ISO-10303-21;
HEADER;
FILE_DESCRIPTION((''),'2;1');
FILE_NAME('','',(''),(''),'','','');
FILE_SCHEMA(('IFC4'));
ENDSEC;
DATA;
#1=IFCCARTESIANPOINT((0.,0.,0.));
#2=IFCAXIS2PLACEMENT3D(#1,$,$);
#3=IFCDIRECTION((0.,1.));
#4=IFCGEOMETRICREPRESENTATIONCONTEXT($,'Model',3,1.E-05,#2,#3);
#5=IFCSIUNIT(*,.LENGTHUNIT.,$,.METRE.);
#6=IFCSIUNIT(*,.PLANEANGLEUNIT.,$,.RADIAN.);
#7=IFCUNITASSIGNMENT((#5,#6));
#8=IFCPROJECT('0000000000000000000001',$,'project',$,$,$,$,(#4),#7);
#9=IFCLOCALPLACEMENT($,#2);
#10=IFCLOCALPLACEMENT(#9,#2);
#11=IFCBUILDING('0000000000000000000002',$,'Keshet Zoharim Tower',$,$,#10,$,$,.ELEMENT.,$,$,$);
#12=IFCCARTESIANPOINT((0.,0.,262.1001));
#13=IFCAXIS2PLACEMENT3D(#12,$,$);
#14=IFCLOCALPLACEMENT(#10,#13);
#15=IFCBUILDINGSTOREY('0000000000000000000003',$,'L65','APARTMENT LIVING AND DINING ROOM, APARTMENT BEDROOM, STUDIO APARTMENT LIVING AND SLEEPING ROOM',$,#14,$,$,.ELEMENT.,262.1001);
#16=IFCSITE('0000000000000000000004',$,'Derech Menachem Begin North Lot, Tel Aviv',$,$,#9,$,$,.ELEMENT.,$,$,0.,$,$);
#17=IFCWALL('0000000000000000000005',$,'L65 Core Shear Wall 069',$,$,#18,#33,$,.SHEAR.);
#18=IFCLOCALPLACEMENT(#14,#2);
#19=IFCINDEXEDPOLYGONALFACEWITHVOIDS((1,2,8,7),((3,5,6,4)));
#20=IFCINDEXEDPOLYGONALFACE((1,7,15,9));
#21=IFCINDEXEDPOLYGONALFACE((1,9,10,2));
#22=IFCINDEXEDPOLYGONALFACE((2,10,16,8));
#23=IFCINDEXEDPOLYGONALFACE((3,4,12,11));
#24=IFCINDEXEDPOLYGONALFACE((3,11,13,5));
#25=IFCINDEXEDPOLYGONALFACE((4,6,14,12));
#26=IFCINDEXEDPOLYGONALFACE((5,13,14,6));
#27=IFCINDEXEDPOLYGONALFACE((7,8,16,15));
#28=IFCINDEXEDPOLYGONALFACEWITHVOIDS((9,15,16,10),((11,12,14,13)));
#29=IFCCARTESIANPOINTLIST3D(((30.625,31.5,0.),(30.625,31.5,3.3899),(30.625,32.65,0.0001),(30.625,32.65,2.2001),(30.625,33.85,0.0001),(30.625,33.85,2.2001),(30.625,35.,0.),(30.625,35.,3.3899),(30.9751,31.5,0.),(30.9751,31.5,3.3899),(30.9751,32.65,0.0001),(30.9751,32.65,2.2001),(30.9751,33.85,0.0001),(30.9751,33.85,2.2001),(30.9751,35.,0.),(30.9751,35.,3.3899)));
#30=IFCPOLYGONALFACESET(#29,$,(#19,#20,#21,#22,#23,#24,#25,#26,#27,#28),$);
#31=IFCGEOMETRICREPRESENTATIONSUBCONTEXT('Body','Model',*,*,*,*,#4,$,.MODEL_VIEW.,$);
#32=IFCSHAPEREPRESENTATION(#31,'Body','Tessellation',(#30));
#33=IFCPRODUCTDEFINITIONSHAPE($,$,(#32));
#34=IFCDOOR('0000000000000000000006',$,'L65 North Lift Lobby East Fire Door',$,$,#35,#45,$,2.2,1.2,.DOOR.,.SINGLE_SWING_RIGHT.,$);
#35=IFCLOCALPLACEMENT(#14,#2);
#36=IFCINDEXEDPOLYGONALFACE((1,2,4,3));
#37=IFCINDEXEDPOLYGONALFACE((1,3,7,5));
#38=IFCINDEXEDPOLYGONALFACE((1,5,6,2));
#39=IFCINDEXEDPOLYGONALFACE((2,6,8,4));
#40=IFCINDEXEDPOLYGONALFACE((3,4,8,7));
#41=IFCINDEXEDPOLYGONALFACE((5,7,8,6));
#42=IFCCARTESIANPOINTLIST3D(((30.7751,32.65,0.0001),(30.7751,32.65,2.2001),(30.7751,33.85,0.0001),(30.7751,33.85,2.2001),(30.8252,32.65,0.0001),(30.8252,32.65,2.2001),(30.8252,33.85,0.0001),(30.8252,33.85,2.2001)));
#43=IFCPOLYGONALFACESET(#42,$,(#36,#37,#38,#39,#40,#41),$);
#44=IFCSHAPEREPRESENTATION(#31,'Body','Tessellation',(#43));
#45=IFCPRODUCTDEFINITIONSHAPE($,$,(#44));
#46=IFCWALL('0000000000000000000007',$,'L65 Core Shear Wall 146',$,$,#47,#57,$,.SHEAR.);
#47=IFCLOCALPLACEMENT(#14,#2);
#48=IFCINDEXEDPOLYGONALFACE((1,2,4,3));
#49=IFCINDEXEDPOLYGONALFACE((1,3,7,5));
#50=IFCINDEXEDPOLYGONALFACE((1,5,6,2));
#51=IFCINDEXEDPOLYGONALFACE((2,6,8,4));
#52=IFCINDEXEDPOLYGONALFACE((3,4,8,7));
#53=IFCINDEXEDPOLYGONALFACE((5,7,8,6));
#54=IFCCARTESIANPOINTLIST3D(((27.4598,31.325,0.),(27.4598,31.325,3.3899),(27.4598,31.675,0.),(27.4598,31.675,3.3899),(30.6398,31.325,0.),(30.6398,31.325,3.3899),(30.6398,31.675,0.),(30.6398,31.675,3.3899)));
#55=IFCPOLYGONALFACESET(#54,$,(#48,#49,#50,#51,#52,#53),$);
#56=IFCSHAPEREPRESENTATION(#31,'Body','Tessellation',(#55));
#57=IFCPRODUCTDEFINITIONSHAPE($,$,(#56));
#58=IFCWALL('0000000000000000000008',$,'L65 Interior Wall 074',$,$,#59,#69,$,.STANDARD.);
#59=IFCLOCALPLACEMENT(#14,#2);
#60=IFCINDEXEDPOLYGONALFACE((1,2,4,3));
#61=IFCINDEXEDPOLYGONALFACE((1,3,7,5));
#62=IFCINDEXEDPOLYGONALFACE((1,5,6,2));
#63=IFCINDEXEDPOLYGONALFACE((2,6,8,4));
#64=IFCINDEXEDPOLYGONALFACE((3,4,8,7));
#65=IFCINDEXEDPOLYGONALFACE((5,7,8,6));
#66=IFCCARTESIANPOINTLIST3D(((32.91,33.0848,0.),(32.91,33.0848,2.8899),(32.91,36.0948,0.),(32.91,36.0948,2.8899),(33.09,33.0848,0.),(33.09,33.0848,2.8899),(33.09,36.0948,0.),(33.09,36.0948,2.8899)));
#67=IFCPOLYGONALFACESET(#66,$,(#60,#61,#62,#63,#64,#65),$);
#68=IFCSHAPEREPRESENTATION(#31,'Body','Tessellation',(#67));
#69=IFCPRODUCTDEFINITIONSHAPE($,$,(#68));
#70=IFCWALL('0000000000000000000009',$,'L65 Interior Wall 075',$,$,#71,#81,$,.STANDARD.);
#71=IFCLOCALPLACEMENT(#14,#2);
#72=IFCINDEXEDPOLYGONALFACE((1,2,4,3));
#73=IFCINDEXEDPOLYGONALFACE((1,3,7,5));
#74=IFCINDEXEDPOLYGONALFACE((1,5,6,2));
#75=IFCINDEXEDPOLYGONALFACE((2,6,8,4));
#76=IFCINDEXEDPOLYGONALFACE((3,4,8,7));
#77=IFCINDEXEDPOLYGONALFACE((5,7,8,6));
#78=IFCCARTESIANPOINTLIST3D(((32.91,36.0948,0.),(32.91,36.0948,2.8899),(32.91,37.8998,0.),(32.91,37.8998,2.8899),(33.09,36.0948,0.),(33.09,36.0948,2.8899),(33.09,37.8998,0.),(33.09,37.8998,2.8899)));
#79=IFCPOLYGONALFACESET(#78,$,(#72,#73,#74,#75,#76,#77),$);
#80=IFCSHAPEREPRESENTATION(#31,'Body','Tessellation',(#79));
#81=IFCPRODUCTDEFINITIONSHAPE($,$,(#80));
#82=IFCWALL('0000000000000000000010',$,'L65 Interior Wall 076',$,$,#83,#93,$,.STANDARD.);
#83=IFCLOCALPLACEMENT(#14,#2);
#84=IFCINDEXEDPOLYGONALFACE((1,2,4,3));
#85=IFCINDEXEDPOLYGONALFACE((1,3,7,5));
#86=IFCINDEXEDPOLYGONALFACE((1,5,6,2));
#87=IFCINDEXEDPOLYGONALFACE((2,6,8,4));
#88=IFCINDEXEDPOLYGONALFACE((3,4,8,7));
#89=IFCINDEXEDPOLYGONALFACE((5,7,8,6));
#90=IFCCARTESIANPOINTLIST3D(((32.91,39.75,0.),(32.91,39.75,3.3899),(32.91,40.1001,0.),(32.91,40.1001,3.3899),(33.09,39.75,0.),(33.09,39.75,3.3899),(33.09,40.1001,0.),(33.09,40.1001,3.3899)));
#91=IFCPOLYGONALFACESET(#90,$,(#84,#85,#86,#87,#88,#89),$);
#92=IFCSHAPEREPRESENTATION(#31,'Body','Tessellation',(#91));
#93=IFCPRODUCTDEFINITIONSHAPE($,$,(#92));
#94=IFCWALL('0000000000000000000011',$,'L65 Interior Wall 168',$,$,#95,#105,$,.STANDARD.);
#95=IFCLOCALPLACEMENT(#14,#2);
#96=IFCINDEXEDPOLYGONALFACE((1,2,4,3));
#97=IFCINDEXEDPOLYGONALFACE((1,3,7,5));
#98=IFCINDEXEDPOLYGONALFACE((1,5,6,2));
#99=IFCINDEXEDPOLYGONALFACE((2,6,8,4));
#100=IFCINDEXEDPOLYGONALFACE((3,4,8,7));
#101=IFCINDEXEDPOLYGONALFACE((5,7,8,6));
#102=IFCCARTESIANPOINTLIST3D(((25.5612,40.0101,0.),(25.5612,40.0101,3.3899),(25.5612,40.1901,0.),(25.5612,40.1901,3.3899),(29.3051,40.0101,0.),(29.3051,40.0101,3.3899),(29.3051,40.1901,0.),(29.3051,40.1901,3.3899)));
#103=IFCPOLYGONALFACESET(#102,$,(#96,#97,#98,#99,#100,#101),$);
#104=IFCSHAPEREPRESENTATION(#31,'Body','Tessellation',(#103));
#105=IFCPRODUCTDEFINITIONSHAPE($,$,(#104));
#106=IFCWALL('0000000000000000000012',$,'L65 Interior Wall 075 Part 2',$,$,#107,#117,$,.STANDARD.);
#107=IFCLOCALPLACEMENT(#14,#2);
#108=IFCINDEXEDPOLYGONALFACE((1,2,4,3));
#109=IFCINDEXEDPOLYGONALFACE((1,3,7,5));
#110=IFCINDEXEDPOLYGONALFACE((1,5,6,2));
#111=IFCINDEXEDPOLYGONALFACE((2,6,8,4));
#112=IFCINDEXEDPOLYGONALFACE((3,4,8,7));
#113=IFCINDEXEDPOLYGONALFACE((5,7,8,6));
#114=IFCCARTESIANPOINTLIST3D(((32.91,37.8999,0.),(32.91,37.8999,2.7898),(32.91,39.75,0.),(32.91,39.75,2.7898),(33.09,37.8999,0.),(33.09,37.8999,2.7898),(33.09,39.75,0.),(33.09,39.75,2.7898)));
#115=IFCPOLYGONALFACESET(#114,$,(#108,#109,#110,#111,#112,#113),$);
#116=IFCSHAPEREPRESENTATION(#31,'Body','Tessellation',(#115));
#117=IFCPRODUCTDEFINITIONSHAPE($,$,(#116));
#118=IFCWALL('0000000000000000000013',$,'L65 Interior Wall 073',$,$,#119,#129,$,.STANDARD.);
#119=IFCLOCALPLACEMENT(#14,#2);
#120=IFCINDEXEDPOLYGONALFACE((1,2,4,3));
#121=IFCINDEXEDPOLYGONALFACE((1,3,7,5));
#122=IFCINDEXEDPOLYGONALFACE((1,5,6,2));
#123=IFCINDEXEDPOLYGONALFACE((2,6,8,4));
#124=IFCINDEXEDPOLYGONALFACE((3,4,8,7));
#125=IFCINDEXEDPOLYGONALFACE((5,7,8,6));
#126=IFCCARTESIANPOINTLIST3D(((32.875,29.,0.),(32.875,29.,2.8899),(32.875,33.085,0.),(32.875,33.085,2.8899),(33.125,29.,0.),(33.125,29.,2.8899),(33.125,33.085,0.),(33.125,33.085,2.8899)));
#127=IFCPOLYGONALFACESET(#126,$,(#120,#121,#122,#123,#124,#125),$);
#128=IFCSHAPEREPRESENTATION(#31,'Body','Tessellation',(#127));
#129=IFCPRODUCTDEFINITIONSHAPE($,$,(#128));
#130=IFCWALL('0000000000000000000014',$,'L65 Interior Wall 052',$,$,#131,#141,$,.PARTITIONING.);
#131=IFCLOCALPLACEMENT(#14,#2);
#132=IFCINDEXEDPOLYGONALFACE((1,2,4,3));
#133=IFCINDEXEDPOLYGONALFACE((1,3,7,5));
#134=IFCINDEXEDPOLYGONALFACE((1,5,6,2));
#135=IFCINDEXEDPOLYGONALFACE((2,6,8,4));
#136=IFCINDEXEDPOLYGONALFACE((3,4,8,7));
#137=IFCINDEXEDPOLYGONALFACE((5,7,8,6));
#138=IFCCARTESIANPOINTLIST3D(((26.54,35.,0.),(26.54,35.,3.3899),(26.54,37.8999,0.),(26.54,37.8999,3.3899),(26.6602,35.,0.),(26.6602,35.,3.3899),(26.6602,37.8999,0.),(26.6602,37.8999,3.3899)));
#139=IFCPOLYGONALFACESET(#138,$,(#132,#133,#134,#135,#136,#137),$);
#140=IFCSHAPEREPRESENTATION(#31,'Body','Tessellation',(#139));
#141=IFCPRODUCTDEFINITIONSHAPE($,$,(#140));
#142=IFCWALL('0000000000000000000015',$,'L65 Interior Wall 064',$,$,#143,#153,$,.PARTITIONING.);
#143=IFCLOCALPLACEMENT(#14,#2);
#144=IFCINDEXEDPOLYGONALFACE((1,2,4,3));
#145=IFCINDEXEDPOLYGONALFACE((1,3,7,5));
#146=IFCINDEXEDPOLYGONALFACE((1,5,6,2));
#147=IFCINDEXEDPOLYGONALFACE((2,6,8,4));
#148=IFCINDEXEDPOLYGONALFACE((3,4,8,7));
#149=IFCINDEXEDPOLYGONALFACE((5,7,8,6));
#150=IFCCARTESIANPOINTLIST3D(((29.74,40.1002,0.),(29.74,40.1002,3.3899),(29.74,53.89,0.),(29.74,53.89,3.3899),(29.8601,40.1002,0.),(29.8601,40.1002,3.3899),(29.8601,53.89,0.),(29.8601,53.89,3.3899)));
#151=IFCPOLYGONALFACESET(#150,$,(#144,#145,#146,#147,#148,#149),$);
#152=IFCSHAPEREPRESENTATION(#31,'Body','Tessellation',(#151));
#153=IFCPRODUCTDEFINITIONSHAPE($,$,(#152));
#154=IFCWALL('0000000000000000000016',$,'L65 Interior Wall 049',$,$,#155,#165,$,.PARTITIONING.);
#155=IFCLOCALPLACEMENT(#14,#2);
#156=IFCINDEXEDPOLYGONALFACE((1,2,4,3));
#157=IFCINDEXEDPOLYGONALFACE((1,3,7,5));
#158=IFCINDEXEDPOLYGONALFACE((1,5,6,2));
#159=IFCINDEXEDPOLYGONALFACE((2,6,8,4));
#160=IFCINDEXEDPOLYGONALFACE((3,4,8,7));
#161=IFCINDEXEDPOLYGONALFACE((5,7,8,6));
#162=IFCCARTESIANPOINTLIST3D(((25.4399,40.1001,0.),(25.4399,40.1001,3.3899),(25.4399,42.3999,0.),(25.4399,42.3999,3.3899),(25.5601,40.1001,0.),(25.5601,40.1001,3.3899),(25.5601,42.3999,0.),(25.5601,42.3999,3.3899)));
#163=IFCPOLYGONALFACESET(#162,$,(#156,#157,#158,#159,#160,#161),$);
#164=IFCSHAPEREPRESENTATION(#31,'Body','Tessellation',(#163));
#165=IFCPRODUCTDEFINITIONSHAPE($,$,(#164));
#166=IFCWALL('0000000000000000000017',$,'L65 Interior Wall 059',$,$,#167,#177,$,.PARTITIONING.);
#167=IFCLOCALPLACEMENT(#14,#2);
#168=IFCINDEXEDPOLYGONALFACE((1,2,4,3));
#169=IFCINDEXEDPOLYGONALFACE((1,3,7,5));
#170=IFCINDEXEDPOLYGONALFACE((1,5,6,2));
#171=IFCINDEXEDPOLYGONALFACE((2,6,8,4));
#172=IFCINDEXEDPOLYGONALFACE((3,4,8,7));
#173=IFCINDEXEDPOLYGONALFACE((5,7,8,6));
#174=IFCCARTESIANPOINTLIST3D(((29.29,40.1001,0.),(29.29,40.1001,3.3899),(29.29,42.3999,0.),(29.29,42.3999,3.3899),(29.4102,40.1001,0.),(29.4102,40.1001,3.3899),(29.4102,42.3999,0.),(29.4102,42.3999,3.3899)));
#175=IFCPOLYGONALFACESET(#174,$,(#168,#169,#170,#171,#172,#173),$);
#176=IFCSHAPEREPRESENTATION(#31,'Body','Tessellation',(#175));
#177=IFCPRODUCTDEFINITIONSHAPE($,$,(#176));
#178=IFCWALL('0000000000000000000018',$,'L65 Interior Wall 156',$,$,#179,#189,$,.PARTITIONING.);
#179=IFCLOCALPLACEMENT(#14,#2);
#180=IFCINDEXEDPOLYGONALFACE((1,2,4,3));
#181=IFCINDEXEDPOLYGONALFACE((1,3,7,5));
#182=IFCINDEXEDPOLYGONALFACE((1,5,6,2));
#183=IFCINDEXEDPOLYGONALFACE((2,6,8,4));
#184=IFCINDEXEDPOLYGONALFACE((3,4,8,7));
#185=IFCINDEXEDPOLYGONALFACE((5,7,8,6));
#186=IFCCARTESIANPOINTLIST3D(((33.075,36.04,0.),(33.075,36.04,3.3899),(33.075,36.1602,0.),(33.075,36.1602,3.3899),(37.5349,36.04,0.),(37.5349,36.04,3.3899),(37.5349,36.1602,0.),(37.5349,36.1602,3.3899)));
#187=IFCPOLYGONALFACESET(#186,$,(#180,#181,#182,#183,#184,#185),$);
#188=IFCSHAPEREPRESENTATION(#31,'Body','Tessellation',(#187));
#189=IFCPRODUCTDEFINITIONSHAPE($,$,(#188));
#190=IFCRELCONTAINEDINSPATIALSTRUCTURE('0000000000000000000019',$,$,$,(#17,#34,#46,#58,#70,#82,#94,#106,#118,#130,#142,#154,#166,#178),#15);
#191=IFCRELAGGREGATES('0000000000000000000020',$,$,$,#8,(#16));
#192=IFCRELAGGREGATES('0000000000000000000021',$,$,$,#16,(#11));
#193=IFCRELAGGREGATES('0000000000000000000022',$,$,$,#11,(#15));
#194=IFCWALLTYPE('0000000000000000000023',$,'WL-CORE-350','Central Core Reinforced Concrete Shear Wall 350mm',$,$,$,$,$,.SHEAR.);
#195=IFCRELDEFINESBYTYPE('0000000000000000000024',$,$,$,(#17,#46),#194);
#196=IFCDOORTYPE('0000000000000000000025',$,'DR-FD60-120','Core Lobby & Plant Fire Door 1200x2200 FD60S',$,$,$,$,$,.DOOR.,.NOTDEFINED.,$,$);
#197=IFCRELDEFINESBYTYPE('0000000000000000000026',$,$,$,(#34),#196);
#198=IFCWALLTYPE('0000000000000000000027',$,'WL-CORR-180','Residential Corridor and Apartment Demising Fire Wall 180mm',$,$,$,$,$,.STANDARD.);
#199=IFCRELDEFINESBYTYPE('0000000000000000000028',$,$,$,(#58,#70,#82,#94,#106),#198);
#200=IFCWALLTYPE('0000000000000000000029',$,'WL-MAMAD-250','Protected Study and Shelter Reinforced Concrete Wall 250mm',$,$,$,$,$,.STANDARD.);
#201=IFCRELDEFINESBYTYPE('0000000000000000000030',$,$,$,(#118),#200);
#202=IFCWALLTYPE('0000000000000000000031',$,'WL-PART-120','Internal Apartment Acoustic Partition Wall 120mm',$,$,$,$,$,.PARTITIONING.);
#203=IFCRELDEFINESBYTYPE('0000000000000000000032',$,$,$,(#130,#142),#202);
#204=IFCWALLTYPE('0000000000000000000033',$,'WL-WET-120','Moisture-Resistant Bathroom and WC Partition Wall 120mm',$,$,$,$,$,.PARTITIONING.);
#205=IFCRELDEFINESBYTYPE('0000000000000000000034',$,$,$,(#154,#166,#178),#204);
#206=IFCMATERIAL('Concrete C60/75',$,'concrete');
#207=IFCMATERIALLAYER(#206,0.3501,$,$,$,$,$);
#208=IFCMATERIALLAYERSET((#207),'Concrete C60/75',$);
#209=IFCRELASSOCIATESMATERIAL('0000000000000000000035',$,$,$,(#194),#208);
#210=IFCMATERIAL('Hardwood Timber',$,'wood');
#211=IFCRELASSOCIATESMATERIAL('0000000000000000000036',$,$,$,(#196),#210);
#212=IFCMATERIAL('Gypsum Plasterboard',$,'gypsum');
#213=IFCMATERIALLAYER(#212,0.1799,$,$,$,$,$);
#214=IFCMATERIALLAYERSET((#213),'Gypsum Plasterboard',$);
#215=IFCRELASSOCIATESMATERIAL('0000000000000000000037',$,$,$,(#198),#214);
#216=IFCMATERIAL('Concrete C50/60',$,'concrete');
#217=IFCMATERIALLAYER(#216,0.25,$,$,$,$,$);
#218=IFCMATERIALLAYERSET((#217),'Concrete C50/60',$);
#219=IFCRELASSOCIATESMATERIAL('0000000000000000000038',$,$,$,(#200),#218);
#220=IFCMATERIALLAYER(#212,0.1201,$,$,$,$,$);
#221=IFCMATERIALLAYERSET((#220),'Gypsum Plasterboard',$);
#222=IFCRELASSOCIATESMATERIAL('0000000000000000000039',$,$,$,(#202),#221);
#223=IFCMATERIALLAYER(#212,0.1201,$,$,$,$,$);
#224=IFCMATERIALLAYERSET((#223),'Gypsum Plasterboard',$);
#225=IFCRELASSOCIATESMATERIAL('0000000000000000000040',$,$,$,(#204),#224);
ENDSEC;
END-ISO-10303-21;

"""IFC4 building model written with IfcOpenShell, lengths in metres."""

from ifc_helpers import new_model, si_unit, direction, frame, frame_2d, origin, place, context, subcontext, project, spatial, rectangle, extrude, material, layer, layer_set, type_object, element, fill, save


model = new_model("IFC4")

# Units and contexts
model_context = context("Model", 3, precision=1e-05, world=origin(), true_north=direction((0.0, 1.0)))
body_context = subcontext(model_context, "Body", "Model", "MODEL_VIEW")
ifc_project = project(units=[si_unit("LENGTHUNIT", "METRE"), si_unit("PLANEANGLEUNIT", "RADIAN")], contexts=[model_context])

# Site, building, storey
site_placement = place(None, origin())
site = spatial("IfcSite", under=ifc_project, at=site_placement, Name="Derech Menachem Begin North Lot, Tel Aviv", CompositionType="ELEMENT", RefElevation=0.0)
building_placement = place(site_placement, origin())
building = spatial("IfcBuilding", under=site, at=building_placement, Name="Keshet Zoharim Tower", CompositionType="ELEMENT")
storey_placement = place(building_placement, frame((0.0, 0.0, 262.1001)))
storey = spatial("IfcBuildingStorey", under=building, at=storey_placement, Name="L65", Description="APARTMENT LIVING AND DINING ROOM, APARTMENT BEDROOM, STUDIO APARTMENT LIVING AND SLEEPING ROOM", CompositionType="ELEMENT", Elevation=262.1001)

# Shared definitions
ifc_material_1 = material(Name="Concrete C50/60", Category="concrete")

# Shared definitions
ifc_material_2 = material(Name="Gypsum Plasterboard", Category="gypsum")
ifc_material_3 = material(Name="Concrete C60/75", Category="concrete")
ifc_layer_1 = layer(ifc_material_3, 0.3501)
ifc_layer_set_1 = layer_set([ifc_layer_1], Name="Concrete C60/75")
wall_type_1 = type_object("IfcWallType", Name="WL-CORE-350", Description="Central Core Reinforced Concrete Shear Wall 350mm", PredefinedType="SHEAR", material=ifc_layer_set_1)

# Wall, opening, door
wall_1_placement = place(storey_placement, frame((30.8, 31.5, 0.0), z_axis=(0.0, 0.0, 1.0), x_axis=(0.0, 1.0, 0.0)))
wall_1 = element("IfcWall", 1, at=wall_1_placement, inside=storey, type_object=wall_type_1, Name="L65 Core Shear Wall 069", PredefinedType="SHEAR", context=body_context, shape_type="SweptSolid", body=[
    extrude(rectangle(XDim=3.5, YDim=0.3501, at=frame_2d((1.75, 0.0))), origin(), (0.0, 0.0, 1.0), 3.3899),
])
opening_1_placement = place(wall_1_placement, frame((1.1499, 0.0, 0.0)))
opening_1 = element("IfcOpeningElement", 2, at=opening_1_placement, cuts=wall_1, PredefinedType="OPENING", context=body_context, shape_type="SweptSolid", body=[
    extrude(rectangle(XDim=1.2, YDim=2.2, at=frame_2d((0.6001, 1.1001))), frame((0.0, 0.1851, 0.0), z_axis=(0.0, -1.0, 0.0), x_axis=(1.0, 0.0, 0.0)), (0.0, 0.0, 1.0), 0.3701),
])
ifc_material_4 = material(Name="Hardwood Timber", Category="wood")
door_type_1 = type_object("IfcDoorType", Name="DR-FD60-120", Description="Core Lobby & Plant Fire Door 1200x2200 FD60S", OperationType="NOTDEFINED", PredefinedType="DOOR", material=ifc_material_4)
door_1_placement = place(opening_1_placement, origin())
door_1 = element("IfcDoor", 3, at=door_1_placement, inside=storey, type_object=door_type_1, Name="L65 North Lift Lobby East Fire Door", OperationType="SINGLE_SWING_RIGHT", OverallHeight=2.2, OverallWidth=1.2, PredefinedType="DOOR", context=body_context, shape_type="SweptSolid", body=[
    extrude(rectangle(XDim=1.2, YDim=2.2, at=frame_2d((0.6001, 1.1001))), frame((0.0, 0.0249, 0.0), z_axis=(0.0, -1.0, 0.0), x_axis=(1.0, 0.0, 0.0)), (0.0, 0.0, 1.0), 0.05),
])
fill(opening_1, door_1)

# Wall
wall_2_placement = place(storey_placement, frame((27.46, 31.5, 0.0), z_axis=(0.0, 0.0, 1.0), x_axis=(1.0, 0.0, 0.0)))
element("IfcWall", 4, at=wall_2_placement, inside=storey, type_object=wall_type_1, Name="L65 Core Shear Wall 146", PredefinedType="SHEAR", context=body_context, shape_type="SweptSolid", body=[
    extrude(rectangle(XDim=3.1799, YDim=0.3501, at=frame_2d((1.5898, 0.0))), origin(), (0.0, 0.0, 1.0), 3.3899),
])

# Walls
ifc_layer_2 = layer(ifc_material_2, 0.1799)
ifc_layer_set_2 = layer_set([ifc_layer_2], Name="Gypsum Plasterboard")
wall_type_2 = type_object("IfcWallType", Name="WL-CORR-180", Description="Residential Corridor and Apartment Demising Fire Wall 180mm", PredefinedType="STANDARD", material=ifc_layer_set_2)
wall_3_placement = place(storey_placement, frame((33.0, 33.085, 0.0), z_axis=(0.0, 0.0, 1.0), x_axis=(0.0, 1.0, 0.0)))
element("IfcWall", 5, at=wall_3_placement, inside=storey, type_object=wall_type_2, Name="L65 Interior Wall 074", PredefinedType="STANDARD", context=body_context, shape_type="SweptSolid", body=[
    extrude(rectangle(XDim=3.01, YDim=0.1799, at=frame_2d((1.5049, 0.0))), origin(), (0.0, 0.0, 1.0), 2.8899),
])
wall_4_placement = place(storey_placement, frame((33.0, 36.095, 0.0), z_axis=(0.0, 0.0, 1.0), x_axis=(0.0, 1.0, 0.0)))
element("IfcWall", 6, at=wall_4_placement, inside=storey, type_object=wall_type_2, Name="L65 Interior Wall 075", PredefinedType="STANDARD", context=body_context, shape_type="SweptSolid", body=[
    extrude(rectangle(XDim=1.8049, YDim=0.1799, at=frame_2d((0.9023, 0.0))), origin(), (0.0, 0.0, 1.0), 2.8899),
])
wall_5_placement = place(storey_placement, frame((33.0, 39.75, 0.0), z_axis=(0.0, 0.0, 1.0), x_axis=(0.0, 1.0, 0.0)))
element("IfcWall", 7, at=wall_5_placement, inside=storey, type_object=wall_type_2, Name="L65 Interior Wall 076", PredefinedType="STANDARD", context=body_context, shape_type="SweptSolid", body=[
    extrude(rectangle(XDim=0.3501, YDim=0.1799, at=frame_2d((0.175, 0.0))), origin(), (0.0, 0.0, 1.0), 3.3899),
])
wall_6_placement = place(storey_placement, frame((25.561, 40.1001, 0.0), z_axis=(0.0, 0.0, 1.0), x_axis=(1.0, 0.0, 0.0)))
element("IfcWall", 8, at=wall_6_placement, inside=storey, type_object=wall_type_2, Name="L65 Interior Wall 168", PredefinedType="STANDARD", context=body_context, shape_type="SweptSolid", body=[
    extrude(rectangle(XDim=3.7439, YDim=0.1799, at=frame_2d((1.8721, 0.0))), origin(), (0.0, 0.0, 1.0), 3.3899),
])

# Walls
wall_7_placement = place(storey_placement, frame((33.0, 37.8999, 0.0), z_axis=(0.0, 0.0, 1.0), x_axis=(0.0, 1.0, 0.0)))
element("IfcWall", 9, at=wall_7_placement, inside=storey, type_object=wall_type_2, Name="L65 Interior Wall 075 Part 2", PredefinedType="STANDARD", context=body_context, shape_type="SweptSolid", body=[
    extrude(rectangle(XDim=1.8501, YDim=0.1799, at=frame_2d((0.925, 0.0))), origin(), (0.0, 0.0, 1.0), 2.7898),
])
ifc_layer_3 = layer(ifc_material_1, 0.25)
ifc_layer_set_3 = layer_set([ifc_layer_3], Name="Concrete C50/60")
wall_type_3 = type_object("IfcWallType", Name="WL-MAMAD-250", Description="Protected Study and Shelter Reinforced Concrete Wall 250mm", PredefinedType="STANDARD", material=ifc_layer_set_3)
wall_8_placement = place(storey_placement, frame((33.0, 29.0, 0.0), z_axis=(0.0, 0.0, 1.0), x_axis=(0.0, 1.0, 0.0)))
element("IfcWall", 10, at=wall_8_placement, inside=storey, type_object=wall_type_3, Name="L65 Interior Wall 073", PredefinedType="STANDARD", context=body_context, shape_type="SweptSolid", body=[
    extrude(rectangle(XDim=4.085, YDim=0.25, at=frame_2d((2.0425, 0.0))), origin(), (0.0, 0.0, 1.0), 2.8899),
])
ifc_layer_4 = layer(ifc_material_2, 0.1201)
ifc_layer_set_4 = layer_set([ifc_layer_4], Name="Gypsum Plasterboard")
wall_type_4 = type_object("IfcWallType", Name="WL-PART-120", Description="Internal Apartment Acoustic Partition Wall 120mm", PredefinedType="PARTITIONING", material=ifc_layer_set_4)
wall_9_placement = place(storey_placement, frame((26.6001, 35.0, 0.0), z_axis=(0.0, 0.0, 1.0), x_axis=(0.0, 1.0, 0.0)))
element("IfcWall", 11, at=wall_9_placement, inside=storey, type_object=wall_type_4, Name="L65 Interior Wall 052", PredefinedType="PARTITIONING", context=body_context, shape_type="SweptSolid", body=[
    extrude(rectangle(XDim=2.8999, YDim=0.1201, at=frame_2d((1.45, 0.0))), origin(), (0.0, 0.0, 1.0), 3.3899),
])
wall_10_placement = place(storey_placement, frame((29.8, 40.1001, 0.0), z_axis=(0.0, 0.0, 1.0), x_axis=(0.0, 1.0, 0.0)))
element("IfcWall", 12, at=wall_10_placement, inside=storey, type_object=wall_type_4, Name="L65 Interior Wall 064", PredefinedType="PARTITIONING", context=body_context, shape_type="SweptSolid", body=[
    extrude(rectangle(XDim=13.7898, YDim=0.1201, at=frame_2d((6.895, 0.0))), origin(), (0.0, 0.0, 1.0), 3.3899),
])
ifc_layer_5 = layer(ifc_material_2, 0.1201)
ifc_layer_set_5 = layer_set([ifc_layer_5], Name="Gypsum Plasterboard")
wall_type_5 = type_object("IfcWallType", Name="WL-WET-120", Description="Moisture-Resistant Bathroom and WC Partition Wall 120mm", PredefinedType="PARTITIONING", material=ifc_layer_set_5)
for number, where, z_axis, x_axis, name in (
    (13, (25.5, 40.1001, 0.0), (0.0, 0.0, 1.0), (0.0, 1.0, 0.0), "L65 Interior Wall 049"),
    (14, (29.3501, 40.1001, 0.0), (0.0, 0.0, 1.0), (0.0, 1.0, 0.0), "L65 Interior Wall 059"),
):
    element("IfcWall", number, at=place(storey_placement, frame(where, z_axis=z_axis, x_axis=x_axis)), inside=storey, type_object=wall_type_5, Name=name, PredefinedType="PARTITIONING", context=body_context, shape_type="SweptSolid", body=[
        extrude(rectangle(XDim=2.2998, YDim=0.1201, at=frame_2d((1.1499, 0.0))), origin(), (0.0, 0.0, 1.0), 3.3899),
    ])
wall_11_placement = place(storey_placement, frame((33.075, 36.1001, 0.0), z_axis=(0.0, 0.0, 1.0), x_axis=(1.0, 0.0, 0.0)))
element("IfcWall", 15, at=wall_11_placement, inside=storey, type_object=wall_type_5, Name="L65 Interior Wall 156", PredefinedType="PARTITIONING", context=body_context, shape_type="SweptSolid", body=[
    extrude(rectangle(XDim=4.46, YDim=0.1201, at=frame_2d((2.23, 0.0))), origin(), (0.0, 0.0, 1.0), 3.3899),
])

save(model, "model.ifc")
